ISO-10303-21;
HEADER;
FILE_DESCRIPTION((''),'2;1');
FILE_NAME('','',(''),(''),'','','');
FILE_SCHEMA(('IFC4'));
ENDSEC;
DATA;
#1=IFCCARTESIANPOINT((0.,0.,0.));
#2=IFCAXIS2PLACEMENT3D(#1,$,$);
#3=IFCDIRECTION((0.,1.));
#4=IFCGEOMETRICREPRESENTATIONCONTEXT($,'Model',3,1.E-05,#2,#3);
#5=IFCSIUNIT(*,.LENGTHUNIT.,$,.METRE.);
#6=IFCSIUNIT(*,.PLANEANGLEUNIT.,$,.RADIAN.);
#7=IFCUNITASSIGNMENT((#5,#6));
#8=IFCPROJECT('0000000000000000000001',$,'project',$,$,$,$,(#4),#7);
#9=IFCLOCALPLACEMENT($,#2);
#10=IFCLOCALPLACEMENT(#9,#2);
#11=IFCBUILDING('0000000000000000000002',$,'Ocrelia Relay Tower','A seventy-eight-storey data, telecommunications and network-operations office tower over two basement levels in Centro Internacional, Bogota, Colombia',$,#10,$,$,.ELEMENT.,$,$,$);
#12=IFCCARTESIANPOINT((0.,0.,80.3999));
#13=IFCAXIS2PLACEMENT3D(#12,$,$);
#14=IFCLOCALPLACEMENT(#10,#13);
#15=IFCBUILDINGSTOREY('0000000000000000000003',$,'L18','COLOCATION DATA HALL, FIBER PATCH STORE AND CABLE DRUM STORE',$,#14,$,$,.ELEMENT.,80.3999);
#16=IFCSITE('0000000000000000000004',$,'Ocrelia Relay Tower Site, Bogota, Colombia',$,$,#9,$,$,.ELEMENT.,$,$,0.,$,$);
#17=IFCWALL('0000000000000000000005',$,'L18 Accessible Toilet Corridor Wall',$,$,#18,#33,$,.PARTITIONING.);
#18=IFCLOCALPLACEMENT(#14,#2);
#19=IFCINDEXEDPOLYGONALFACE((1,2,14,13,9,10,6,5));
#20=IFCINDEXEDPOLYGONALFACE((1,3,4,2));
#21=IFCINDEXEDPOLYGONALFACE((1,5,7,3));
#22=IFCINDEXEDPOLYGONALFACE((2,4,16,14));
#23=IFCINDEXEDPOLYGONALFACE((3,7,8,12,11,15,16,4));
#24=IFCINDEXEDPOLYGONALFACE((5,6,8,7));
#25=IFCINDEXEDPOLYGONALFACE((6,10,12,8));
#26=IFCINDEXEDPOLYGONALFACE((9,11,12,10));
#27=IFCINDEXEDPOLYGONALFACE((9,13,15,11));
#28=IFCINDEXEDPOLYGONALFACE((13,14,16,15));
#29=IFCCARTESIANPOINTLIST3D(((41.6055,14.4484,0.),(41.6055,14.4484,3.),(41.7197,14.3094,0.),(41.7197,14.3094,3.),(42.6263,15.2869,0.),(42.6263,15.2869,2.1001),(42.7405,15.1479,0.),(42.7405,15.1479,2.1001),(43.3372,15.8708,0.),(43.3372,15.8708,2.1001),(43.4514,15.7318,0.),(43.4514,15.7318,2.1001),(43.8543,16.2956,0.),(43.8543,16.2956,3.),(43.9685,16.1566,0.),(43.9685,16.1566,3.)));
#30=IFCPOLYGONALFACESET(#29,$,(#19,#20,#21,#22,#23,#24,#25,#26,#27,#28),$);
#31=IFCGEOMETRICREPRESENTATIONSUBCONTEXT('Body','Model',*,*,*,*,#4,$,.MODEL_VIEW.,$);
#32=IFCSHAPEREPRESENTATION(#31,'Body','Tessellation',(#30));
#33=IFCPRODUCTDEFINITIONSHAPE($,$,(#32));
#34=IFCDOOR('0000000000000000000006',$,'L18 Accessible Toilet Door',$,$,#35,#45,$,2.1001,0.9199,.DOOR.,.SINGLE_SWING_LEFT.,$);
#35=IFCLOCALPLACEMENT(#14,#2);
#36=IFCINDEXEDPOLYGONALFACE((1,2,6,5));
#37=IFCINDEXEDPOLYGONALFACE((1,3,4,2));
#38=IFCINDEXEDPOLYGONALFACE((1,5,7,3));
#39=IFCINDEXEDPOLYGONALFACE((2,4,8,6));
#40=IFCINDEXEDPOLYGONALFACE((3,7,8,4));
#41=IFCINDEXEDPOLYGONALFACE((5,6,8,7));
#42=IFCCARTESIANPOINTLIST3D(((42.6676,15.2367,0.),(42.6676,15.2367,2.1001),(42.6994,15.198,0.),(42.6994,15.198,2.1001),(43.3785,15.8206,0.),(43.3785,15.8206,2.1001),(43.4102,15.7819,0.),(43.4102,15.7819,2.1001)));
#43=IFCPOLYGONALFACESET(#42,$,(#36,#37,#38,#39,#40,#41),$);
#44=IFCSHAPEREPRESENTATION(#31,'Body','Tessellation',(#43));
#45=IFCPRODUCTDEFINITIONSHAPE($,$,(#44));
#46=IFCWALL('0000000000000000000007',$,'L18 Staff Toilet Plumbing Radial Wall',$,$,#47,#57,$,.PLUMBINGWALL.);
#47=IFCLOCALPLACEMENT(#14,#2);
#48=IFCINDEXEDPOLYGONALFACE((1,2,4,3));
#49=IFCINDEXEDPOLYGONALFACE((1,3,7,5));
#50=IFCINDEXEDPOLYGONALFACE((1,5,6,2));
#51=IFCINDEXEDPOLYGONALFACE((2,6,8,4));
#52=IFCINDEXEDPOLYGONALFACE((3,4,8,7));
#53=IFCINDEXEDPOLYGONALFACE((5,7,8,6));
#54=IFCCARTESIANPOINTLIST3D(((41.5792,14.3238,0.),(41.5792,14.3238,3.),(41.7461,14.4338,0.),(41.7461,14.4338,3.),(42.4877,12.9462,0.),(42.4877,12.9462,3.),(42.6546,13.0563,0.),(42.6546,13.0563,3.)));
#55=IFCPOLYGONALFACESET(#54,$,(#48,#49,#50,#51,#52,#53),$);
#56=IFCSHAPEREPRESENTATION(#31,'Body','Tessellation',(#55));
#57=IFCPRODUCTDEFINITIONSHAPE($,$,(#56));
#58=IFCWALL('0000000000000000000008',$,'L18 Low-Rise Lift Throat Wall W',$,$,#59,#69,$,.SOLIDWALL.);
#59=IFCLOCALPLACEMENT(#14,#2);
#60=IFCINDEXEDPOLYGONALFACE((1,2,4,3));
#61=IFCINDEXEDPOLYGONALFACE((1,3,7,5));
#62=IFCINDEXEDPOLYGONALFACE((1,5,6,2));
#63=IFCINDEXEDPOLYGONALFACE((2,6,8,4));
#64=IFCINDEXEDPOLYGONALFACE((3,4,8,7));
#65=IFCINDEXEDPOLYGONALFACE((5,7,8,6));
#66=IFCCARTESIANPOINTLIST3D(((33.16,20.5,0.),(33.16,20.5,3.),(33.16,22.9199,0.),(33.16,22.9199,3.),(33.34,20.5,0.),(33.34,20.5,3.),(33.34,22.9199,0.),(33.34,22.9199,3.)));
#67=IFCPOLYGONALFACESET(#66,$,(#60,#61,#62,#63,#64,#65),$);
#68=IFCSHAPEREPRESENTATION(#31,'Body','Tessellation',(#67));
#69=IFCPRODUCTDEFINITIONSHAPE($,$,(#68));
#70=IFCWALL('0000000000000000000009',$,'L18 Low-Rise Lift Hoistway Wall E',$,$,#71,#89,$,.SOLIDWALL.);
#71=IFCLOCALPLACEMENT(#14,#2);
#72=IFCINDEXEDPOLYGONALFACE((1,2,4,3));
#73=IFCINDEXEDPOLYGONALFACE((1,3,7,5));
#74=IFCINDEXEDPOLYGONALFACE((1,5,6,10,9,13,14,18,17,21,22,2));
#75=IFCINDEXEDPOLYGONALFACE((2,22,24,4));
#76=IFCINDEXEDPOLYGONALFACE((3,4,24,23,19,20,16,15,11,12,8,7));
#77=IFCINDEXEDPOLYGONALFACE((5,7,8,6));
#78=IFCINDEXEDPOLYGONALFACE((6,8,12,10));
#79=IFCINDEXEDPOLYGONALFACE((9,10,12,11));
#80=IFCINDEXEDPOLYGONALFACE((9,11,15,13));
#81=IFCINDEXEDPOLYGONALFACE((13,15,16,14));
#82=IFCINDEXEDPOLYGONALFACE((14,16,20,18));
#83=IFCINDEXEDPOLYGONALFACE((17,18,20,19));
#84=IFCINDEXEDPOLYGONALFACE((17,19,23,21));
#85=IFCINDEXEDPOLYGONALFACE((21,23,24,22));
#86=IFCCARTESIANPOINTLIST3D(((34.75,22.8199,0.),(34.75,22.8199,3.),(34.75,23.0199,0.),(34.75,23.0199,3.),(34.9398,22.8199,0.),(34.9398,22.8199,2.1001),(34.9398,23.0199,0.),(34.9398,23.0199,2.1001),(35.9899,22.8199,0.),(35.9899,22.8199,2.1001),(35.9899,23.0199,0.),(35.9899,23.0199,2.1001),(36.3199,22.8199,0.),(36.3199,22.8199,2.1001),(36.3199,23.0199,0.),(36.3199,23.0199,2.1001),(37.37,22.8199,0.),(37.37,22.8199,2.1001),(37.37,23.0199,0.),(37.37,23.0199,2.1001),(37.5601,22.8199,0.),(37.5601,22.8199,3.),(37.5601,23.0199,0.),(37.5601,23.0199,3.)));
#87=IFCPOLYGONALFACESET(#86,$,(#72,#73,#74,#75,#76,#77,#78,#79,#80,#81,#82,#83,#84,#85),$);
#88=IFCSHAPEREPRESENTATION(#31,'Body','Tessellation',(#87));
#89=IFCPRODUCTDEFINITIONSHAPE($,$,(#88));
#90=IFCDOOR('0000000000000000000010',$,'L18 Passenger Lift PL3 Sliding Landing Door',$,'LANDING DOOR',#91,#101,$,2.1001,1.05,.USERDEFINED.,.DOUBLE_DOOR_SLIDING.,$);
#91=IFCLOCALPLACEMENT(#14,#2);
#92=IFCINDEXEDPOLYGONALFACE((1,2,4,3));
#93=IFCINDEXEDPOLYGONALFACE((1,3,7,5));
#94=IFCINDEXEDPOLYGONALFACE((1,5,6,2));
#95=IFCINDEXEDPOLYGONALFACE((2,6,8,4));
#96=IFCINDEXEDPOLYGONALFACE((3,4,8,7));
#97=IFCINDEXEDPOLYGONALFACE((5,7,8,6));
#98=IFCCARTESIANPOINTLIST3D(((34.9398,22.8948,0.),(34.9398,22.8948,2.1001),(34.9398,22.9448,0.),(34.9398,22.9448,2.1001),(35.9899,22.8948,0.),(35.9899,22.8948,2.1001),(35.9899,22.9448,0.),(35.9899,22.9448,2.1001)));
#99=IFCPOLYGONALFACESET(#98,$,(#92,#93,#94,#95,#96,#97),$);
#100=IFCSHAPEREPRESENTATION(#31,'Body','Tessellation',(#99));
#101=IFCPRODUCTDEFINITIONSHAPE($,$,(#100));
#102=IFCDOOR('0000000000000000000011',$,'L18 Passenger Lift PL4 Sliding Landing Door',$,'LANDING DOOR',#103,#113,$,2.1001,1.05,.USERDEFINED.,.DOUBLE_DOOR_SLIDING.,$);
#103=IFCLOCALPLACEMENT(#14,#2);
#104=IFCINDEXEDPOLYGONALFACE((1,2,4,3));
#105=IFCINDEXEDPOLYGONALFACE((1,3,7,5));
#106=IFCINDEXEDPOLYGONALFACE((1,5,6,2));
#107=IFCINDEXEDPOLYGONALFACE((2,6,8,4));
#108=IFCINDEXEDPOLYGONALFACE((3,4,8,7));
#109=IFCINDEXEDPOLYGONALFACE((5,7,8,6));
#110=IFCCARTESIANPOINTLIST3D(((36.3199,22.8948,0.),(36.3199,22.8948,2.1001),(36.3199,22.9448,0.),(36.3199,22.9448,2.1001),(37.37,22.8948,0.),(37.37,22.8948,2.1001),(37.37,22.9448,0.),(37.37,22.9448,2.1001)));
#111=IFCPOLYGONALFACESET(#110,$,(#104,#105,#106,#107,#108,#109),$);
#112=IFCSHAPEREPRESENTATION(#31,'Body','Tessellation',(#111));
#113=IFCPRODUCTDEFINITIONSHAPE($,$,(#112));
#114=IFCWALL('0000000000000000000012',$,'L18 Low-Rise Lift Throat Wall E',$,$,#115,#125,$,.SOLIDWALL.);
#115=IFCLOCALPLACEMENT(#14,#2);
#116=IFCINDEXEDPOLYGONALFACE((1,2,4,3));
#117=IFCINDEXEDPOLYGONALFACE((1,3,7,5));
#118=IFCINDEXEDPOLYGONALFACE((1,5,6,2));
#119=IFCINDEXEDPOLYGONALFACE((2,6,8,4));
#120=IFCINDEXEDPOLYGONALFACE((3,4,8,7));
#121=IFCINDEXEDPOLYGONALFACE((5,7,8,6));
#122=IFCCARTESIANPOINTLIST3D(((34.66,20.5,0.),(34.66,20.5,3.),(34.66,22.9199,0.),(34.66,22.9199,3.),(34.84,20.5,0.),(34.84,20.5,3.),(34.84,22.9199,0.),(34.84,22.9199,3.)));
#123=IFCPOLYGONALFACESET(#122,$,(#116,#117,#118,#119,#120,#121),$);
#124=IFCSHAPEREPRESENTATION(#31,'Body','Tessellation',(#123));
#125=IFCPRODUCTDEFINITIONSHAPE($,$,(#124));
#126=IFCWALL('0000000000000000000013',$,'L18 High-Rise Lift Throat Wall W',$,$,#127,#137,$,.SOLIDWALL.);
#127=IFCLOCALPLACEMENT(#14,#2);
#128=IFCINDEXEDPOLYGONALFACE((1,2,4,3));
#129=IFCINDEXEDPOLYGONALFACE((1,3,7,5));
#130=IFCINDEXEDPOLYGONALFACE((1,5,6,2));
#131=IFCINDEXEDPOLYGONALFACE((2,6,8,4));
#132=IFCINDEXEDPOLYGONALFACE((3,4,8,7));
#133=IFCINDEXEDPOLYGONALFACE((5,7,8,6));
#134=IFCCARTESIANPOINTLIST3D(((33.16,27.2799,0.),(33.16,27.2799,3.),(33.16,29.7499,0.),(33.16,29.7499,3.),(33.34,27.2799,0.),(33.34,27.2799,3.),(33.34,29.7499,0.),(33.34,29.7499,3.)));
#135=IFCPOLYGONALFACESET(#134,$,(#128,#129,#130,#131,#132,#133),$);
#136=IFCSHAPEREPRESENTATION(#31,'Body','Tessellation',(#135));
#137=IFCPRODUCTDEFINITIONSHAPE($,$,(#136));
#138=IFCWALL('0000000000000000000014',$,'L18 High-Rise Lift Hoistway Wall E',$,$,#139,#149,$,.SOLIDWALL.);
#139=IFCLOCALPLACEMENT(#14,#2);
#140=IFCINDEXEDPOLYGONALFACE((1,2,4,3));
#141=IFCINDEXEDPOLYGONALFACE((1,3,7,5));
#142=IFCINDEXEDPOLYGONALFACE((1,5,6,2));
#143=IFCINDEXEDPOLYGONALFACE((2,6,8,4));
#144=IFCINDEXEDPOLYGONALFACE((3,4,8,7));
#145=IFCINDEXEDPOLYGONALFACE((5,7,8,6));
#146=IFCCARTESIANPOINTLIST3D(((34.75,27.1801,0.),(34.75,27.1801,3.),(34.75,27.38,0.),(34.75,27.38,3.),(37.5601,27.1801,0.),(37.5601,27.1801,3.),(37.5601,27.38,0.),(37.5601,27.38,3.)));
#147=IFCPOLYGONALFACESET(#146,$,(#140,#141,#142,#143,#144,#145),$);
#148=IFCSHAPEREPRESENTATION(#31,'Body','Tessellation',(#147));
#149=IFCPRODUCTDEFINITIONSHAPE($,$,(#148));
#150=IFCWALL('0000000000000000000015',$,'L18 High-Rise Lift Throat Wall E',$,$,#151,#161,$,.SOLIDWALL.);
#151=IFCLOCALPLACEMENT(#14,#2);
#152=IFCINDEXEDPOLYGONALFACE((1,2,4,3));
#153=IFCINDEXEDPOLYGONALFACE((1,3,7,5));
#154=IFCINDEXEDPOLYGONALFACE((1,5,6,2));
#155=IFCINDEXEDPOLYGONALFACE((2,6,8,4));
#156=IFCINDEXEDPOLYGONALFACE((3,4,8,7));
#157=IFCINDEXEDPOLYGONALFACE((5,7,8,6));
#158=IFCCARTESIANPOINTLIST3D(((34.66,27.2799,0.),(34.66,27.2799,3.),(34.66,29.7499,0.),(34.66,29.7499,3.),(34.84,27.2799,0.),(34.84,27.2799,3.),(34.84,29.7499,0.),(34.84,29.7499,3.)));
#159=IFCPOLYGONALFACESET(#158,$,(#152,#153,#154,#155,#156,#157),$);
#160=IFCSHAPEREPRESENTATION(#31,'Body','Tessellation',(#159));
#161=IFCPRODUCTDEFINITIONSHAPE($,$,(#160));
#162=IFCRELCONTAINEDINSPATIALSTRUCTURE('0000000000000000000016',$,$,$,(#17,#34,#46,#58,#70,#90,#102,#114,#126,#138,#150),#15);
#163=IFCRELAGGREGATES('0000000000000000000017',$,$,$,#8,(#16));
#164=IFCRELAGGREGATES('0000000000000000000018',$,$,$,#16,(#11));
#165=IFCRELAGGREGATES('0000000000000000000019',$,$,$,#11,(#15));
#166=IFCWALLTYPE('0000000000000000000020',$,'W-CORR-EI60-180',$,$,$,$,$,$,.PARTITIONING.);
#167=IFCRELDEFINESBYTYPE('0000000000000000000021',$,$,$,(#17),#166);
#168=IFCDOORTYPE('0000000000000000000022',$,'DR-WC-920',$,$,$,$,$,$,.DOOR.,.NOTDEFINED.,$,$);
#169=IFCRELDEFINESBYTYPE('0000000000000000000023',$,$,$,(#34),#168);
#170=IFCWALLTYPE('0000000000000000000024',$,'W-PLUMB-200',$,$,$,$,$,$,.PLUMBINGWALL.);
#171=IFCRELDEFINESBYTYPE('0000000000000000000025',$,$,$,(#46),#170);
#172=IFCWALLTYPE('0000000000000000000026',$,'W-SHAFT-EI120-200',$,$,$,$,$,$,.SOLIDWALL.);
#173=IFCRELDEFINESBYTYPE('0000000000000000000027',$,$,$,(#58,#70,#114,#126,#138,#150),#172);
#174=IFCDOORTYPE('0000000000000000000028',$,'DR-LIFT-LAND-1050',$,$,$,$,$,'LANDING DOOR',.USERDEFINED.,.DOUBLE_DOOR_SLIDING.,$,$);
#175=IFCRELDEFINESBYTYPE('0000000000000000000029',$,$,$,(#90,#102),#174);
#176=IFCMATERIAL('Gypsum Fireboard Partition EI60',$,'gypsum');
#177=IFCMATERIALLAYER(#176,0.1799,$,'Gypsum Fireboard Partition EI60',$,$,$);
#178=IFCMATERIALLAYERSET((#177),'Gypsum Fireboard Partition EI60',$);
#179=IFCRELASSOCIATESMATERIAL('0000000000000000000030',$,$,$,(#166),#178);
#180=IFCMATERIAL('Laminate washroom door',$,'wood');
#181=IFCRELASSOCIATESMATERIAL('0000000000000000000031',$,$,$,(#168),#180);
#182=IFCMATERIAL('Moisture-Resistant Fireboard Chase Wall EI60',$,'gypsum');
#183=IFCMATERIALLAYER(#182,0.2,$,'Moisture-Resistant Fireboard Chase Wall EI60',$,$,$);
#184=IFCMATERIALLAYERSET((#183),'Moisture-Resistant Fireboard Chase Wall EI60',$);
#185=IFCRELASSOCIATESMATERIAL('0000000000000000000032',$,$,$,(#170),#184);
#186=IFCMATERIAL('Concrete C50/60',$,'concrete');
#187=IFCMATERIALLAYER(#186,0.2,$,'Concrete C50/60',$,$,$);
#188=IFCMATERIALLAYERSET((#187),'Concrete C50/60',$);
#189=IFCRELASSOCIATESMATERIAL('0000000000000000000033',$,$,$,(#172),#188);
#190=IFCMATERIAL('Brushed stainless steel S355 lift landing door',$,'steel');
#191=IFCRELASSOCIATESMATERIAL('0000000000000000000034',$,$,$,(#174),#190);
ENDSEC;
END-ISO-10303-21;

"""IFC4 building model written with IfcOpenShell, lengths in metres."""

from ifc_helpers import new_model, si_unit, direction, frame, frame_2d, origin, place, context, subcontext, project, spatial, rectangle, extrude, material, layer, layer_set, type_object, element, fill, save


model = new_model("IFC4")

# Units and contexts
model_context = context("Model", 3, precision=1e-05, world=origin(), true_north=direction((0.0, 1.0)))
body_context = subcontext(model_context, "Body", "Model", "MODEL_VIEW")
ifc_project = project(units=[si_unit("LENGTHUNIT", "METRE"), si_unit("PLANEANGLEUNIT", "RADIAN")], contexts=[model_context])

# Site, building, storey
site_placement = place(None, origin())
site = spatial("IfcSite", under=ifc_project, at=site_placement, Name="Ocrelia Relay Tower Site, Bogota, Colombia", CompositionType="ELEMENT", RefElevation=0.0)
building_placement = place(site_placement, origin())
building = spatial("IfcBuilding", under=site, at=building_placement, Name="Ocrelia Relay Tower", Description="A seventy-eight-storey data, telecommunications and network-operations office tower over two basement levels in Centro Internacional, Bogota, Colombia", CompositionType="ELEMENT")
storey_placement = place(building_placement, frame((0.0, 0.0, 80.3999)))
storey = spatial("IfcBuildingStorey", under=building, at=storey_placement, Name="L18", Description="COLOCATION DATA HALL, FIBER PATCH STORE AND CABLE DRUM STORE", CompositionType="ELEMENT", Elevation=80.3999)

# Wall, opening, door
ifc_material_1 = material(Name="Gypsum Fireboard Partition EI60", Category="gypsum")
ifc_layer_1 = layer(ifc_material_1, 0.1799, Name="Gypsum Fireboard Partition EI60")
ifc_layer_set_1 = layer_set([ifc_layer_1], Name="Gypsum Fireboard Partition EI60")
wall_type_1 = type_object("IfcWallType", Name="W-CORR-EI60-180", PredefinedType="PARTITIONING", material=ifc_layer_set_1)
ifc_material_2 = material(Name="Laminate washroom door", Category="wood")
door_type_1 = type_object("IfcDoorType", Name="DR-WC-920", OperationType="NOTDEFINED", PredefinedType="DOOR", material=ifc_material_2)
wall_1_placement = place(storey_placement, frame((41.6626, 14.3789, 0.0), z_axis=(0.0, 0.0, 1.0), x_axis=(0.772734, 0.63473, 0.0)))
wall_1 = element("IfcWall", 1, at=wall_1_placement, inside=storey, type_object=wall_type_1, Name="L18 Accessible Toilet Corridor Wall", PredefinedType="PARTITIONING", context=body_context, shape_type="SweptSolid", body=[
    extrude(rectangle(XDim=2.9102, YDim=0.1799, at=frame_2d((1.4551, 0.0))), origin(), (0.0, 0.0, 1.0), 3.0),
])
opening_1_placement = place(wall_1_placement, frame((1.321, 0.0, 0.0)))
opening_1 = element("IfcOpeningElement", 2, at=opening_1_placement, cuts=wall_1, PredefinedType="OPENING", context=body_context, shape_type="SweptSolid", body=[
    extrude(rectangle(XDim=0.9199, YDim=2.1001, at=frame_2d((0.46, 1.05))), frame((0.0, 0.1001, 0.0), z_axis=(0.0, -1.0, 0.0), x_axis=(1.0, 0.0, 0.0)), (0.0, 0.0, 1.0), 0.2),
])
door_1_placement = place(opening_1_placement, origin())
door_1 = element("IfcDoor", 3, at=door_1_placement, inside=storey, type_object=door_type_1, Name="L18 Accessible Toilet Door", OperationType="SINGLE_SWING_LEFT", OverallHeight=2.1001, OverallWidth=0.9199, PredefinedType="DOOR", context=body_context, shape_type="SweptSolid", body=[
    extrude(rectangle(XDim=0.9199, YDim=2.1001, at=frame_2d((0.46, 1.05))), frame((0.0, 0.0249, 0.0), z_axis=(0.0, -1.0, 0.0), x_axis=(1.0, 0.0, 0.0)), (0.0, 0.0, 1.0), 0.05),
])
fill(opening_1, door_1)

# Walls
ifc_material_3 = material(Name="Moisture-Resistant Fireboard Chase Wall EI60", Category="gypsum")
ifc_layer_2 = layer(ifc_material_3, 0.2, Name="Moisture-Resistant Fireboard Chase Wall EI60")
ifc_layer_set_2 = layer_set([ifc_layer_2], Name="Moisture-Resistant Fireboard Chase Wall EI60")
wall_type_2 = type_object("IfcWallType", Name="W-PLUMB-200", PredefinedType="PLUMBINGWALL", material=ifc_layer_set_2)
wall_2_placement = place(storey_placement, frame((41.6626, 14.3789, 0.0), z_axis=(0.0, 0.0, 1.0), x_axis=(0.550562, -0.834794, 0.0)))
element("IfcWall", 4, at=wall_2_placement, inside=storey, type_object=wall_type_2, Name="L18 Staff Toilet Plumbing Radial Wall", PredefinedType="PLUMBINGWALL", context=body_context, shape_type="SweptSolid", body=[
    extrude(rectangle(XDim=1.6501, YDim=0.2, at=frame_2d((0.8252, 0.0))), origin(), (0.0, 0.0, 1.0), 3.0),
])
ifc_material_4 = material(Name="Concrete C50/60", Category="concrete")
ifc_layer_3 = layer(ifc_material_4, 0.2, Name="Concrete C50/60")
ifc_layer_set_3 = layer_set([ifc_layer_3], Name="Concrete C50/60")
wall_type_3 = type_object("IfcWallType", Name="W-SHAFT-EI120-200", PredefinedType="SOLIDWALL", material=ifc_layer_set_3)
wall_3_placement = place(storey_placement, frame((33.25, 20.5, 0.0), z_axis=(0.0, 0.0, 1.0), x_axis=(0.0, 1.0, 0.0)))
element("IfcWall", 5, at=wall_3_placement, inside=storey, type_object=wall_type_3, Name="L18 Low-Rise Lift Throat Wall W", PredefinedType="SOLIDWALL", context=body_context, shape_type="SweptSolid", body=[
    extrude(rectangle(XDim=2.4199, YDim=0.1799, at=frame_2d((1.21, 0.0))), origin(), (0.0, 0.0, 1.0), 3.0),
])

# Wall, openings, doors
wall_4_placement = place(storey_placement, frame((34.75, 22.9199, 0.0), z_axis=(0.0, 0.0, 1.0), x_axis=(1.0, 0.0, 0.0)))
wall_4 = element("IfcWall", 6, at=wall_4_placement, inside=storey, type_object=wall_type_3, Name="L18 Low-Rise Lift Hoistway Wall E", PredefinedType="SOLIDWALL", context=body_context, shape_type="SweptSolid", body=[
    extrude(rectangle(XDim=2.8101, YDim=0.2, at=frame_2d((1.405, 0.0))), origin(), (0.0, 0.0, 1.0), 3.0),
])
opening_2_placement = place(wall_4_placement, frame((0.1899, 0.0, 0.0)))
opening_2 = element("IfcOpeningElement", 7, at=opening_2_placement, cuts=wall_4, PredefinedType="OPENING", context=body_context, shape_type="SweptSolid", body=[
    extrude(rectangle(XDim=1.05, YDim=2.1001, at=frame_2d((0.5249, 1.05))), frame((0.0, 0.1099, 0.0), z_axis=(0.0, -1.0, 0.0), x_axis=(1.0, 0.0, 0.0)), (0.0, 0.0, 1.0), 0.22),
])
opening_3_placement = place(wall_4_placement, frame((1.5701, 0.0, 0.0)))
opening_3 = element("IfcOpeningElement", 8, at=opening_3_placement, cuts=wall_4, PredefinedType="OPENING", context=body_context, shape_type="SweptSolid", body=[
    extrude(rectangle(XDim=1.05, YDim=2.1001, at=frame_2d((0.5249, 1.05))), frame((0.0, 0.1099, 0.0), z_axis=(0.0, -1.0, 0.0), x_axis=(1.0, 0.0, 0.0)), (0.0, 0.0, 1.0), 0.22),
])
ifc_material_5 = material(Name="Brushed stainless steel S355 lift landing door", Category="steel")
door_type_2 = type_object("IfcDoorType", Name="DR-LIFT-LAND-1050", ElementType="LANDING DOOR", OperationType="DOUBLE_DOOR_SLIDING", PredefinedType="USERDEFINED", material=ifc_material_5)
door_2_placement = place(opening_2_placement, origin())
door_2 = element("IfcDoor", 9, at=door_2_placement, inside=storey, type_object=door_type_2, Name="L18 Passenger Lift PL3 Sliding Landing Door", ObjectType="LANDING DOOR", OperationType="DOUBLE_DOOR_SLIDING", OverallHeight=2.1001, OverallWidth=1.05, PredefinedType="USERDEFINED", context=body_context, shape_type="SweptSolid", body=[
    extrude(rectangle(XDim=1.05, YDim=2.1001, at=frame_2d((0.5249, 1.05))), frame((0.0, 0.0249, 0.0), z_axis=(0.0, -1.0, 0.0), x_axis=(1.0, 0.0, 0.0)), (0.0, 0.0, 1.0), 0.05),
])
fill(opening_2, door_2)
door_3_placement = place(opening_3_placement, origin())
door_3 = element("IfcDoor", 10, at=door_3_placement, inside=storey, type_object=door_type_2, Name="L18 Passenger Lift PL4 Sliding Landing Door", ObjectType="LANDING DOOR", OperationType="DOUBLE_DOOR_SLIDING", OverallHeight=2.1001, OverallWidth=1.05, PredefinedType="USERDEFINED", context=body_context, shape_type="SweptSolid", body=[
    extrude(rectangle(XDim=1.05, YDim=2.1001, at=frame_2d((0.5249, 1.05))), frame((0.0, 0.0249, 0.0), z_axis=(0.0, -1.0, 0.0), x_axis=(1.0, 0.0, 0.0)), (0.0, 0.0, 1.0), 0.05),
])
fill(opening_3, door_3)

# Walls
wall_5_placement = place(storey_placement, frame((34.75, 20.5, 0.0), z_axis=(0.0, 0.0, 1.0), x_axis=(0.0, 1.0, 0.0)))
element("IfcWall", 11, at=wall_5_placement, inside=storey, type_object=wall_type_3, Name="L18 Low-Rise Lift Throat Wall E", PredefinedType="SOLIDWALL", context=body_context, shape_type="SweptSolid", body=[
    extrude(rectangle(XDim=2.4199, YDim=0.1799, at=frame_2d((1.21, 0.0))), origin(), (0.0, 0.0, 1.0), 3.0),
])
wall_6_placement = place(storey_placement, frame((33.25, 27.28, 0.0), z_axis=(0.0, 0.0, 1.0), x_axis=(0.0, 1.0, 0.0)))
element("IfcWall", 12, at=wall_6_placement, inside=storey, type_object=wall_type_3, Name="L18 High-Rise Lift Throat Wall W", PredefinedType="SOLIDWALL", context=body_context, shape_type="SweptSolid", body=[
    extrude(rectangle(XDim=2.47, YDim=0.1799, at=frame_2d((1.2349, 0.0))), origin(), (0.0, 0.0, 1.0), 3.0),
])
wall_7_placement = place(storey_placement, frame((34.75, 27.28, 0.0), z_axis=(0.0, 0.0, 1.0), x_axis=(1.0, 0.0, 0.0)))
element("IfcWall", 13, at=wall_7_placement, inside=storey, type_object=wall_type_3, Name="L18 High-Rise Lift Hoistway Wall E", PredefinedType="SOLIDWALL", context=body_context, shape_type="SweptSolid", body=[
    extrude(rectangle(XDim=2.8101, YDim=0.2, at=frame_2d((1.405, 0.0))), origin(), (0.0, 0.0, 1.0), 3.0),
])
wall_8_placement = place(storey_placement, frame((34.75, 27.28, 0.0), z_axis=(0.0, 0.0, 1.0), x_axis=(0.0, 1.0, 0.0)))
element("IfcWall", 14, at=wall_8_placement, inside=storey, type_object=wall_type_3, Name="L18 High-Rise Lift Throat Wall E", PredefinedType="SOLIDWALL", context=body_context, shape_type="SweptSolid", body=[
    extrude(rectangle(XDim=2.47, YDim=0.1799, at=frame_2d((1.2349, 0.0))), origin(), (0.0, 0.0, 1.0), 3.0),
])

save(model, "model.ifc")
